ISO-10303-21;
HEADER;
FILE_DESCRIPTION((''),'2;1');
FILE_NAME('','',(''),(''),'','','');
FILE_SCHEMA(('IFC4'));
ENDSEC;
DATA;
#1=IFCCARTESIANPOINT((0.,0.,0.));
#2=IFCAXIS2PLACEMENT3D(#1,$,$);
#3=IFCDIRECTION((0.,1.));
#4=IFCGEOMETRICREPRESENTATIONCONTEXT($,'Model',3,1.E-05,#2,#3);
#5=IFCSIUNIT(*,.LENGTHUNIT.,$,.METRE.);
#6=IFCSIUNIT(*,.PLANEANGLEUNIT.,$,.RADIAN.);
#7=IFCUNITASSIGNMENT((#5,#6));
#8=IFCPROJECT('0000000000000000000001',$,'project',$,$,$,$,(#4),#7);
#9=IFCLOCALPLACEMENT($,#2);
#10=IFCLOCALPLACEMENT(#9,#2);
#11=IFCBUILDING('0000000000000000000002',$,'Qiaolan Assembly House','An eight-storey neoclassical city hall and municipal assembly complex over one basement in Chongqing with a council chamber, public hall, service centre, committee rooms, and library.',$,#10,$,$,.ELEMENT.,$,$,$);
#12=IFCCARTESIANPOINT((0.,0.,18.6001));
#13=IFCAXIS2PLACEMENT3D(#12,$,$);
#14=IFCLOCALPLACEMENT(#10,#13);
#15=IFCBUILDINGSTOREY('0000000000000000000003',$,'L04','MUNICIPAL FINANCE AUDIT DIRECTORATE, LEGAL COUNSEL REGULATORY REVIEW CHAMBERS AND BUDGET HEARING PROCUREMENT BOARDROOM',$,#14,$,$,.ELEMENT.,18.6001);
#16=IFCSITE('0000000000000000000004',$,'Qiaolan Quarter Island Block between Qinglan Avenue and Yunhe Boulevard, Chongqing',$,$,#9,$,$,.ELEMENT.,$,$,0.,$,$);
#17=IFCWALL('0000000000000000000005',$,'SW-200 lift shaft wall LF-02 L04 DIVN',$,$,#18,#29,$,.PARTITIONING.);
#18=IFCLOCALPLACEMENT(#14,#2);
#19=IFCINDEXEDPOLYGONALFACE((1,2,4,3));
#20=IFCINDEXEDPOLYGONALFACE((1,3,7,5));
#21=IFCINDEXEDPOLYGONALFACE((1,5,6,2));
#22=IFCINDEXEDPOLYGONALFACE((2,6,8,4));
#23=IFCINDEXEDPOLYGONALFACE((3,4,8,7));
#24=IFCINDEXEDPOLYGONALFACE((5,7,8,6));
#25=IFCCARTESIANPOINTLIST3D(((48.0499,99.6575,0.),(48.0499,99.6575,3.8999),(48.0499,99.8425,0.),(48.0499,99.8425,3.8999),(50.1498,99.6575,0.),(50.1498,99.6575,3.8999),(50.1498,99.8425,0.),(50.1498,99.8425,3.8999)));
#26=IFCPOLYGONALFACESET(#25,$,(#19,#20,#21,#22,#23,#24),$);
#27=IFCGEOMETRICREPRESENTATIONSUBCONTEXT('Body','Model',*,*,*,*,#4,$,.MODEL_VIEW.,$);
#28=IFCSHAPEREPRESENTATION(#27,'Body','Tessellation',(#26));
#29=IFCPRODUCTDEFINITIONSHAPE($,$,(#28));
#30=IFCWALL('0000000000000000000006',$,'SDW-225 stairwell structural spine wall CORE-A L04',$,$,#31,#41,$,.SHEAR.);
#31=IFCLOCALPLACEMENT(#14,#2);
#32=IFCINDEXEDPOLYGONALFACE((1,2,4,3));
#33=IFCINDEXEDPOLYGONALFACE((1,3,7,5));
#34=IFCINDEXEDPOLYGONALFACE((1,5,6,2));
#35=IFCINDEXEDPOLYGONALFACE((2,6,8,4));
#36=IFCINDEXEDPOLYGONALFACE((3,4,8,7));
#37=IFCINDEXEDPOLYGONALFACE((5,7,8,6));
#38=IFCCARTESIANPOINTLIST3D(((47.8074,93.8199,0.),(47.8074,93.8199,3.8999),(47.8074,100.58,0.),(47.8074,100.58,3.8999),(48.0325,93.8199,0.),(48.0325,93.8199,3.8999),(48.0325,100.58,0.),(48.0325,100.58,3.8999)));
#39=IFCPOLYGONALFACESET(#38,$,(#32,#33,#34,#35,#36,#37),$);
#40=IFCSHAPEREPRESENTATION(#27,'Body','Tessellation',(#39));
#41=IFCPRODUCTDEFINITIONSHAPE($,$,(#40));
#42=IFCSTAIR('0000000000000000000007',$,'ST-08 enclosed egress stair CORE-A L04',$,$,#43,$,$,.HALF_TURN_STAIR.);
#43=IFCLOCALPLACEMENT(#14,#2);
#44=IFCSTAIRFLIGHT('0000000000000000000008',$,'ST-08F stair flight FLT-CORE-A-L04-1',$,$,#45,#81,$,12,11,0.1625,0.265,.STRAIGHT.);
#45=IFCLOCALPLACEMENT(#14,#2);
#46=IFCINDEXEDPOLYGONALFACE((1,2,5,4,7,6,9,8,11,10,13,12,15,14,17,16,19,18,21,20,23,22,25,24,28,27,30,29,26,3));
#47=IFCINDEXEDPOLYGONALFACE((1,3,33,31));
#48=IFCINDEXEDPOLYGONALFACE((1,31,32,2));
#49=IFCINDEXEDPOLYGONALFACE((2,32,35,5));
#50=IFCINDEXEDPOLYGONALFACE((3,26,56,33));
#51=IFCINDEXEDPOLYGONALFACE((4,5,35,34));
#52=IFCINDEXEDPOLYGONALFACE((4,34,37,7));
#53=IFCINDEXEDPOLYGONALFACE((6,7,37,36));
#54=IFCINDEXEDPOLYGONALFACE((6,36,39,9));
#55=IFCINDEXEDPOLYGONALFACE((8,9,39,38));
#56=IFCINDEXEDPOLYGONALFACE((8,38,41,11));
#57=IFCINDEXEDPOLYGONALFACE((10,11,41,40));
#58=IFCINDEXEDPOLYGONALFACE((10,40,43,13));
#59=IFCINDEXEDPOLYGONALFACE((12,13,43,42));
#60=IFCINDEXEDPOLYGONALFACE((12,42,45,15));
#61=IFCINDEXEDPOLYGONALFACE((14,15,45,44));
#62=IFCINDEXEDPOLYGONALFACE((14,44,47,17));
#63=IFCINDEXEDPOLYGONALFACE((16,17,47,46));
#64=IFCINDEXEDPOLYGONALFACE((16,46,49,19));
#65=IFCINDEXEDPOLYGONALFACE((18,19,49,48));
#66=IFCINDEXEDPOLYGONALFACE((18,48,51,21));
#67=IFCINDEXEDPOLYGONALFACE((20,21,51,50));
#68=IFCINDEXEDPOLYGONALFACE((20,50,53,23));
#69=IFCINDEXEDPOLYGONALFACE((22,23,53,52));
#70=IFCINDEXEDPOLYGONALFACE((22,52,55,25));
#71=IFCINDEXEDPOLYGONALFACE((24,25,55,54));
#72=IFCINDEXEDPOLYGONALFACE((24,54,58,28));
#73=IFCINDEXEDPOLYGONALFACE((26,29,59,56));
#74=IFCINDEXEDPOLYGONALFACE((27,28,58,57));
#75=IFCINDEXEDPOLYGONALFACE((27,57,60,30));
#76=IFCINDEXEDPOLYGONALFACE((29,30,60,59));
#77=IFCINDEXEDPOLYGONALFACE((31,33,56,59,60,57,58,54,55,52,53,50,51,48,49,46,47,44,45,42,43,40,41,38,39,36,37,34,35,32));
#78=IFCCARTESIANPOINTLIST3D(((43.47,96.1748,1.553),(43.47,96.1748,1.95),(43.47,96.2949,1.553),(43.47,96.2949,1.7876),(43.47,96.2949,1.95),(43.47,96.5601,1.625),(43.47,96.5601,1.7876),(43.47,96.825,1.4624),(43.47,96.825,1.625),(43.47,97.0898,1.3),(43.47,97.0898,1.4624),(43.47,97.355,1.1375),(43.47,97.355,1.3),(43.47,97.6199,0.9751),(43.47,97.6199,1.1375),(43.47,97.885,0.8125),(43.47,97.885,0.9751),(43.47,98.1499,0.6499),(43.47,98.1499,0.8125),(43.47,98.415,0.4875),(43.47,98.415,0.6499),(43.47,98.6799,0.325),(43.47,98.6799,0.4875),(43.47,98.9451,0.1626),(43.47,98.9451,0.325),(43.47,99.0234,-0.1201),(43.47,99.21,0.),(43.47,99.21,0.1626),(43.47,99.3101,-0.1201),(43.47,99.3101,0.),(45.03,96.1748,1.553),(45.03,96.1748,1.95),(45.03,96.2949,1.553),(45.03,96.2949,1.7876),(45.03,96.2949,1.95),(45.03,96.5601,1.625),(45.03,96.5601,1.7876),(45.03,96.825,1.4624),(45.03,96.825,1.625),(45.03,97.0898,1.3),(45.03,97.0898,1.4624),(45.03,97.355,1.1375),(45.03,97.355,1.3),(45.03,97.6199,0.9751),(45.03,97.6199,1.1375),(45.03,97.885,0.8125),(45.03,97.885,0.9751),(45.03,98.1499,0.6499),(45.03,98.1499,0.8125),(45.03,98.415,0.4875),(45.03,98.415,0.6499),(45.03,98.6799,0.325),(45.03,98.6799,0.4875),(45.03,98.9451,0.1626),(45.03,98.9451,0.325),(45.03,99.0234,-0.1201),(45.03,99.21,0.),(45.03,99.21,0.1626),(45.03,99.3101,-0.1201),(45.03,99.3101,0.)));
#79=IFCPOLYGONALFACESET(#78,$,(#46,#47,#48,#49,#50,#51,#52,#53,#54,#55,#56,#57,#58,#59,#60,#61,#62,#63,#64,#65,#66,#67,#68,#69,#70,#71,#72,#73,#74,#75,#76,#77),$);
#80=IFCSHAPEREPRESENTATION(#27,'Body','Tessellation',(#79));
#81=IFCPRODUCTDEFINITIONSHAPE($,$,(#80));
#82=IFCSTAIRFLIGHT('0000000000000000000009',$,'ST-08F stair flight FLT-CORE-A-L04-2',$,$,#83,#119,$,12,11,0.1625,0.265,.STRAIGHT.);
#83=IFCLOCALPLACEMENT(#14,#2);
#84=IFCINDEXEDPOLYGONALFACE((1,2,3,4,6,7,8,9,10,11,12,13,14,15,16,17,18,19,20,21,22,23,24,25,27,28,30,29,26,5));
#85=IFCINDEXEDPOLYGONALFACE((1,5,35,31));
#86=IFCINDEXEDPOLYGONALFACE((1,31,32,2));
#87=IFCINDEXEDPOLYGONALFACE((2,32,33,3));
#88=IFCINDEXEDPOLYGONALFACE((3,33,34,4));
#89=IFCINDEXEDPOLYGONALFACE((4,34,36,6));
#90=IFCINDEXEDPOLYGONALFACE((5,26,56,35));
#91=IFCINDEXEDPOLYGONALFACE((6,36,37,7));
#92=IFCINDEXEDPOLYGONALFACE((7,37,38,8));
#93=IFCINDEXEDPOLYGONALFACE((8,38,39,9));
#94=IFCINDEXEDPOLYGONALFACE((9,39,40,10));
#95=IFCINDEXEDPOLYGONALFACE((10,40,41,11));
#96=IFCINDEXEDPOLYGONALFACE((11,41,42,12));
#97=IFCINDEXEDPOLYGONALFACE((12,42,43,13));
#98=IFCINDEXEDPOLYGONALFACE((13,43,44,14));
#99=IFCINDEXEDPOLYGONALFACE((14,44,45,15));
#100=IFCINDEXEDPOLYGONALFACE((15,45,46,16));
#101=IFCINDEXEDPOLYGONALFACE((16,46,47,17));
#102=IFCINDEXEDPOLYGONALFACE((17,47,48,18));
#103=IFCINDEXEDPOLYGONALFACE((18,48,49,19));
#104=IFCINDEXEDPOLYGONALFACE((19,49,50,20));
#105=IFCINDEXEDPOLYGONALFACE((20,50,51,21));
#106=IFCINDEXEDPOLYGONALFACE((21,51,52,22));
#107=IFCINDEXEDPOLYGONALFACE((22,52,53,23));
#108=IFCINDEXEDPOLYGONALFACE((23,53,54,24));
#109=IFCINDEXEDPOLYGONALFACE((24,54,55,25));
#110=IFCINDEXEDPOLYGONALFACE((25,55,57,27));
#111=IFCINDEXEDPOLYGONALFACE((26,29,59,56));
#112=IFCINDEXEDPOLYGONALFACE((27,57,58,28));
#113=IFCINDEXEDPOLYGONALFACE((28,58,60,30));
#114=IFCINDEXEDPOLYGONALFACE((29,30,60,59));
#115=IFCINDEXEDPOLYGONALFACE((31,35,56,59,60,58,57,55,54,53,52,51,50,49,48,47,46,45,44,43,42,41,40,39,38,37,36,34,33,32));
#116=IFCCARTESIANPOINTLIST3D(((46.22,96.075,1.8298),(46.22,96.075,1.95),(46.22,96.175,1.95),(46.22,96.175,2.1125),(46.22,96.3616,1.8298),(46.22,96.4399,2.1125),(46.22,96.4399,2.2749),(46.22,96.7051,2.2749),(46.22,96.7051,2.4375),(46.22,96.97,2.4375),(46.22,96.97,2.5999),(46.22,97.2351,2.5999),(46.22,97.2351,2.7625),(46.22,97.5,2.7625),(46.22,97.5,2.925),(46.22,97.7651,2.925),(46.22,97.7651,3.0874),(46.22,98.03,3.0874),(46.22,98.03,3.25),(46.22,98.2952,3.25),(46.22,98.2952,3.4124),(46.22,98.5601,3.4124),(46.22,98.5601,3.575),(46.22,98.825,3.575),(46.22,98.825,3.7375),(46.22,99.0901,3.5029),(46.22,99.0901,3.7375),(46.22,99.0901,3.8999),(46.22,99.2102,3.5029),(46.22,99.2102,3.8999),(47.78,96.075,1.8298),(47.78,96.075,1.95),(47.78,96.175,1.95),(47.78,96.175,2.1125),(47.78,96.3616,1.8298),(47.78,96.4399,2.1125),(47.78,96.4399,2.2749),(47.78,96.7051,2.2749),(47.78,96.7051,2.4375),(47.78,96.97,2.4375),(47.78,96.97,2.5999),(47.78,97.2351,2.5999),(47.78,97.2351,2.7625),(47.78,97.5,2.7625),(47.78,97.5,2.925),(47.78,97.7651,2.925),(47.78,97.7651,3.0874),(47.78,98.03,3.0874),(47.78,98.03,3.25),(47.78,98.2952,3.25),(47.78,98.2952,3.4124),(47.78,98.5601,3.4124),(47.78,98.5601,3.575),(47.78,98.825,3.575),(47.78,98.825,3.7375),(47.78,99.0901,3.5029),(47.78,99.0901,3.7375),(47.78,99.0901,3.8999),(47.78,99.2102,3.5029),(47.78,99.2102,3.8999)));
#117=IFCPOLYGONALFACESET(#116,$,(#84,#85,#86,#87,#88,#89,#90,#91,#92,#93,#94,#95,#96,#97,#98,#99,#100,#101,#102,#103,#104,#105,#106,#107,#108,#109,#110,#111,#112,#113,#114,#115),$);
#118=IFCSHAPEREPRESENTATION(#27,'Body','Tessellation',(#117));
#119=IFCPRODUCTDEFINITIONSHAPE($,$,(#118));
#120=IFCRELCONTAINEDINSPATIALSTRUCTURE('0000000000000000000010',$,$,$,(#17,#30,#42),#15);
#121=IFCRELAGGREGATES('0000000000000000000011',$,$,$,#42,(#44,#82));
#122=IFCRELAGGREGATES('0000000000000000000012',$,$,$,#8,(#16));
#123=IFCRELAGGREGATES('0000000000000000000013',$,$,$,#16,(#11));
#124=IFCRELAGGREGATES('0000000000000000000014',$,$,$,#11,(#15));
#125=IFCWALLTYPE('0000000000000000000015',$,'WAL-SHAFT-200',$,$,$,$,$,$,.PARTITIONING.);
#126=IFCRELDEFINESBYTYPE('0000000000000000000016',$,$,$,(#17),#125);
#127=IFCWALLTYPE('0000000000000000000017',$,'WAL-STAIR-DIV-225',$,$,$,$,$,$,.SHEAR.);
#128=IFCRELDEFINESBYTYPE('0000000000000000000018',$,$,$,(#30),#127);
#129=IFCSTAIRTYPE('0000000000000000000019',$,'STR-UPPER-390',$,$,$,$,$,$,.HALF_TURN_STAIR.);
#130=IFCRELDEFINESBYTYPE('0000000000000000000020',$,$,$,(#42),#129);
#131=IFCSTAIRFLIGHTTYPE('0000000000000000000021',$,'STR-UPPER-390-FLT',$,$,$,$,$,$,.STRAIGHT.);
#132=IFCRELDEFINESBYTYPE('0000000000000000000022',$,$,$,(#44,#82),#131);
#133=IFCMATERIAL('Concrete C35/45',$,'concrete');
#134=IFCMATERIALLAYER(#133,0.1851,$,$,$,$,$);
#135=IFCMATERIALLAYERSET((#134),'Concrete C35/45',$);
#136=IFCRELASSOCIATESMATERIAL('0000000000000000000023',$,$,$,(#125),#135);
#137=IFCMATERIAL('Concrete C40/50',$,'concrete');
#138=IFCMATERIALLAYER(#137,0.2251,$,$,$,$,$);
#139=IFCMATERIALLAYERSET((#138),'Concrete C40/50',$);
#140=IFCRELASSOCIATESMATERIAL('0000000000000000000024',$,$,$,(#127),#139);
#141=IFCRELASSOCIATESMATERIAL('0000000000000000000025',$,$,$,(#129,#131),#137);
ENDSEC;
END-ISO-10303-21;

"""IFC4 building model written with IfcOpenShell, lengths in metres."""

from ifc_helpers import new_model, si_unit, direction, frame, frame_2d, origin, place, context, subcontext, project, spatial, polyline, rectangle, outline, extrude, material, layer, layer_set, type_object, element, aggregate, save


model = new_model("IFC4")

# Units and contexts
model_context = context("Model", 3, precision=1e-05, world=origin(), true_north=direction((0.0, 1.0)))
body_context = subcontext(model_context, "Body", "Model", "MODEL_VIEW")
ifc_project = project(units=[si_unit("LENGTHUNIT", "METRE"), si_unit("PLANEANGLEUNIT", "RADIAN")], contexts=[model_context])

# Site, building, storey
site_placement = place(None, origin())
site = spatial("IfcSite", under=ifc_project, at=site_placement, Name="Qiaolan Quarter Island Block between Qinglan Avenue and Yunhe Boulevard, Chongqing", CompositionType="ELEMENT", RefElevation=0.0)
building_placement = place(site_placement, origin())
building = spatial("IfcBuilding", under=site, at=building_placement, Name="Qiaolan Assembly House", Description="An eight-storey neoclassical city hall and municipal assembly complex over one basement in Chongqing with a council chamber, public hall, service centre, committee rooms, and library.", CompositionType="ELEMENT")
storey_placement = place(building_placement, frame((0.0, 0.0, 18.6001)))
storey = spatial("IfcBuildingStorey", under=building, at=storey_placement, Name="L04", Description="MUNICIPAL FINANCE AUDIT DIRECTORATE, LEGAL COUNSEL REGULATORY REVIEW CHAMBERS AND BUDGET HEARING PROCUREMENT BOARDROOM", CompositionType="ELEMENT", Elevation=18.6001)

# Shared definitions
ifc_material_1 = material(Name="Concrete C40/50", Category="concrete")

# Walls
ifc_material_2 = material(Name="Concrete C35/45", Category="concrete")
ifc_layer_1 = layer(ifc_material_2, 0.1851)
ifc_layer_set_1 = layer_set([ifc_layer_1], Name="Concrete C35/45")
wall_type_1 = type_object("IfcWallType", Name="WAL-SHAFT-200", PredefinedType="PARTITIONING", material=ifc_layer_set_1)
for number, where, z_axis, x_axis, name in (
    (1, (48.05, 99.75, 0.0), (0.0, 0.0, 1.0), (1.0, 0.0, 0.0), "SW-200 lift shaft wall LF-02 L04 DIVN"),
):
    element("IfcWall", number, at=place(storey_placement, frame(where, z_axis=z_axis, x_axis=x_axis)), inside=storey, type_object=wall_type_1, Name=name, PredefinedType="PARTITIONING", context=body_context, shape_type="SweptSolid", body=[
        extrude(rectangle(XDim=2.0999, YDim=0.1851, at=frame_2d((1.0498, 0.0))), origin(), (0.0, 0.0, 1.0), 3.8999),
    ])
ifc_layer_2 = layer(ifc_material_1, 0.2251)
ifc_layer_set_2 = layer_set([ifc_layer_2], Name="Concrete C40/50")
wall_type_2 = type_object("IfcWallType", Name="WAL-STAIR-DIV-225", PredefinedType="SHEAR", material=ifc_layer_set_2)
wall_1_placement = place(storey_placement, frame((47.9199, 93.8201, 0.0), z_axis=(0.0, 0.0, 1.0), x_axis=(0.0, 1.0, 0.0)))
element("IfcWall", 2, at=wall_1_placement, inside=storey, type_object=wall_type_2, Name="SDW-225 stairwell structural spine wall CORE-A L04", PredefinedType="SHEAR", context=body_context, shape_type="SweptSolid", body=[
    extrude(rectangle(XDim=6.76, YDim=0.2251, at=frame_2d((3.3799, 0.0))), origin(), (0.0, 0.0, 1.0), 3.8999),
])

# Stair, stair flights
stair_type = type_object("IfcStairType", Name="STR-UPPER-390", PredefinedType="HALF_TURN_STAIR", material=ifc_material_1)
stair_placement = place(storey_placement, origin())
stair = element("IfcStair", 3, at=stair_placement, inside=storey, type_object=stair_type, Name="ST-08 enclosed egress stair CORE-A L04", PredefinedType="HALF_TURN_STAIR")
stair_flight_type = type_object("IfcStairFlightType", Name="STR-UPPER-390-FLT", PredefinedType="STRAIGHT", material=ifc_material_1)
stair_flight_1_placement = place(storey_placement, frame((44.25, 99.21, 0.0), z_axis=(0.0, 0.0, 1.0), x_axis=(0.0, -1.0, 0.0)))
stair_flight_1 = element("IfcStairFlight", 4, at=stair_flight_1_placement, type_object=stair_flight_type, Name="ST-08F stair flight FLT-CORE-A-L04-1", NumberOfRisers=12, NumberOfTreads=11, PredefinedType="STRAIGHT", RiserHeight=0.1625, TreadLength=0.265, context=body_context, shape_type="SweptSolid", body=[
    extrude(outline(polyline([(-0.1001, -0.1201), (-0.1001, 0.0), (0.0, 0.0), (0.0, 0.1626), (0.2649, 0.1626), (0.2649, 0.325), (0.53, 0.325), (0.53, 0.4875), (0.7949, 0.4875), (0.7949, 0.6499), (1.0601, 0.6499), (1.0601, 0.8125), (1.325, 0.8125), (1.325, 0.9751), (1.5901, 0.9751), (1.5901, 1.1375), (1.855, 1.1375), (1.855, 1.3), (2.1201, 1.3), (2.1201, 1.4624), (2.385, 1.4624), (2.385, 1.625), (2.6499, 1.625), (2.6499, 1.7876), (2.915, 1.7876), (2.915, 1.95), (3.0352, 1.95), (3.0352, 1.553), (2.915, 1.553), (0.1865, -0.1201), (-0.1001, -0.1201)])), frame((0.0, 0.78, 0.0), z_axis=(0.0, -1.0, 0.0), x_axis=(1.0, 0.0, 0.0)), (0.0, 0.0, 1.0), 1.5601),
])
stair_flight_2_placement = place(storey_placement, frame((47.0, 96.175, 1.95), z_axis=(0.0, 0.0, 1.0), x_axis=(0.0, 1.0, 0.0)))
stair_flight_2 = element("IfcStairFlight", 5, at=stair_flight_2_placement, type_object=stair_flight_type, Name="ST-08F stair flight FLT-CORE-A-L04-2", NumberOfRisers=12, NumberOfTreads=11, PredefinedType="STRAIGHT", RiserHeight=0.1625, TreadLength=0.265, context=body_context, shape_type="SweptSolid", body=[
    extrude(outline(polyline([(-0.1001, -0.1201), (-0.1001, 0.0), (0.0, 0.0), (0.0, 0.1626), (0.2649, 0.1626), (0.2649, 0.325), (0.53, 0.325), (0.53, 0.4875), (0.7949, 0.4875), (0.7949, 0.6499), (1.0601, 0.6499), (1.0601, 0.8125), (1.325, 0.8125), (1.325, 0.9751), (1.5901, 0.9751), (1.5901, 1.1375), (1.855, 1.1375), (1.855, 1.3), (2.1201, 1.3), (2.1201, 1.4624), (2.385, 1.4624), (2.385, 1.625), (2.6499, 1.625), (2.6499, 1.7876), (2.915, 1.7876), (2.915, 1.95), (3.0352, 1.95), (3.0352, 1.553), (2.915, 1.553), (0.1865, -0.1201), (-0.1001, -0.1201)])), frame((0.0, 0.78, 0.0), z_axis=(0.0, -1.0, 0.0), x_axis=(1.0, 0.0, 0.0)), (0.0, 0.0, 1.0), 1.5601),
])
aggregate(stair, [stair_flight_1, stair_flight_2])

save(model, "model.ifc")
